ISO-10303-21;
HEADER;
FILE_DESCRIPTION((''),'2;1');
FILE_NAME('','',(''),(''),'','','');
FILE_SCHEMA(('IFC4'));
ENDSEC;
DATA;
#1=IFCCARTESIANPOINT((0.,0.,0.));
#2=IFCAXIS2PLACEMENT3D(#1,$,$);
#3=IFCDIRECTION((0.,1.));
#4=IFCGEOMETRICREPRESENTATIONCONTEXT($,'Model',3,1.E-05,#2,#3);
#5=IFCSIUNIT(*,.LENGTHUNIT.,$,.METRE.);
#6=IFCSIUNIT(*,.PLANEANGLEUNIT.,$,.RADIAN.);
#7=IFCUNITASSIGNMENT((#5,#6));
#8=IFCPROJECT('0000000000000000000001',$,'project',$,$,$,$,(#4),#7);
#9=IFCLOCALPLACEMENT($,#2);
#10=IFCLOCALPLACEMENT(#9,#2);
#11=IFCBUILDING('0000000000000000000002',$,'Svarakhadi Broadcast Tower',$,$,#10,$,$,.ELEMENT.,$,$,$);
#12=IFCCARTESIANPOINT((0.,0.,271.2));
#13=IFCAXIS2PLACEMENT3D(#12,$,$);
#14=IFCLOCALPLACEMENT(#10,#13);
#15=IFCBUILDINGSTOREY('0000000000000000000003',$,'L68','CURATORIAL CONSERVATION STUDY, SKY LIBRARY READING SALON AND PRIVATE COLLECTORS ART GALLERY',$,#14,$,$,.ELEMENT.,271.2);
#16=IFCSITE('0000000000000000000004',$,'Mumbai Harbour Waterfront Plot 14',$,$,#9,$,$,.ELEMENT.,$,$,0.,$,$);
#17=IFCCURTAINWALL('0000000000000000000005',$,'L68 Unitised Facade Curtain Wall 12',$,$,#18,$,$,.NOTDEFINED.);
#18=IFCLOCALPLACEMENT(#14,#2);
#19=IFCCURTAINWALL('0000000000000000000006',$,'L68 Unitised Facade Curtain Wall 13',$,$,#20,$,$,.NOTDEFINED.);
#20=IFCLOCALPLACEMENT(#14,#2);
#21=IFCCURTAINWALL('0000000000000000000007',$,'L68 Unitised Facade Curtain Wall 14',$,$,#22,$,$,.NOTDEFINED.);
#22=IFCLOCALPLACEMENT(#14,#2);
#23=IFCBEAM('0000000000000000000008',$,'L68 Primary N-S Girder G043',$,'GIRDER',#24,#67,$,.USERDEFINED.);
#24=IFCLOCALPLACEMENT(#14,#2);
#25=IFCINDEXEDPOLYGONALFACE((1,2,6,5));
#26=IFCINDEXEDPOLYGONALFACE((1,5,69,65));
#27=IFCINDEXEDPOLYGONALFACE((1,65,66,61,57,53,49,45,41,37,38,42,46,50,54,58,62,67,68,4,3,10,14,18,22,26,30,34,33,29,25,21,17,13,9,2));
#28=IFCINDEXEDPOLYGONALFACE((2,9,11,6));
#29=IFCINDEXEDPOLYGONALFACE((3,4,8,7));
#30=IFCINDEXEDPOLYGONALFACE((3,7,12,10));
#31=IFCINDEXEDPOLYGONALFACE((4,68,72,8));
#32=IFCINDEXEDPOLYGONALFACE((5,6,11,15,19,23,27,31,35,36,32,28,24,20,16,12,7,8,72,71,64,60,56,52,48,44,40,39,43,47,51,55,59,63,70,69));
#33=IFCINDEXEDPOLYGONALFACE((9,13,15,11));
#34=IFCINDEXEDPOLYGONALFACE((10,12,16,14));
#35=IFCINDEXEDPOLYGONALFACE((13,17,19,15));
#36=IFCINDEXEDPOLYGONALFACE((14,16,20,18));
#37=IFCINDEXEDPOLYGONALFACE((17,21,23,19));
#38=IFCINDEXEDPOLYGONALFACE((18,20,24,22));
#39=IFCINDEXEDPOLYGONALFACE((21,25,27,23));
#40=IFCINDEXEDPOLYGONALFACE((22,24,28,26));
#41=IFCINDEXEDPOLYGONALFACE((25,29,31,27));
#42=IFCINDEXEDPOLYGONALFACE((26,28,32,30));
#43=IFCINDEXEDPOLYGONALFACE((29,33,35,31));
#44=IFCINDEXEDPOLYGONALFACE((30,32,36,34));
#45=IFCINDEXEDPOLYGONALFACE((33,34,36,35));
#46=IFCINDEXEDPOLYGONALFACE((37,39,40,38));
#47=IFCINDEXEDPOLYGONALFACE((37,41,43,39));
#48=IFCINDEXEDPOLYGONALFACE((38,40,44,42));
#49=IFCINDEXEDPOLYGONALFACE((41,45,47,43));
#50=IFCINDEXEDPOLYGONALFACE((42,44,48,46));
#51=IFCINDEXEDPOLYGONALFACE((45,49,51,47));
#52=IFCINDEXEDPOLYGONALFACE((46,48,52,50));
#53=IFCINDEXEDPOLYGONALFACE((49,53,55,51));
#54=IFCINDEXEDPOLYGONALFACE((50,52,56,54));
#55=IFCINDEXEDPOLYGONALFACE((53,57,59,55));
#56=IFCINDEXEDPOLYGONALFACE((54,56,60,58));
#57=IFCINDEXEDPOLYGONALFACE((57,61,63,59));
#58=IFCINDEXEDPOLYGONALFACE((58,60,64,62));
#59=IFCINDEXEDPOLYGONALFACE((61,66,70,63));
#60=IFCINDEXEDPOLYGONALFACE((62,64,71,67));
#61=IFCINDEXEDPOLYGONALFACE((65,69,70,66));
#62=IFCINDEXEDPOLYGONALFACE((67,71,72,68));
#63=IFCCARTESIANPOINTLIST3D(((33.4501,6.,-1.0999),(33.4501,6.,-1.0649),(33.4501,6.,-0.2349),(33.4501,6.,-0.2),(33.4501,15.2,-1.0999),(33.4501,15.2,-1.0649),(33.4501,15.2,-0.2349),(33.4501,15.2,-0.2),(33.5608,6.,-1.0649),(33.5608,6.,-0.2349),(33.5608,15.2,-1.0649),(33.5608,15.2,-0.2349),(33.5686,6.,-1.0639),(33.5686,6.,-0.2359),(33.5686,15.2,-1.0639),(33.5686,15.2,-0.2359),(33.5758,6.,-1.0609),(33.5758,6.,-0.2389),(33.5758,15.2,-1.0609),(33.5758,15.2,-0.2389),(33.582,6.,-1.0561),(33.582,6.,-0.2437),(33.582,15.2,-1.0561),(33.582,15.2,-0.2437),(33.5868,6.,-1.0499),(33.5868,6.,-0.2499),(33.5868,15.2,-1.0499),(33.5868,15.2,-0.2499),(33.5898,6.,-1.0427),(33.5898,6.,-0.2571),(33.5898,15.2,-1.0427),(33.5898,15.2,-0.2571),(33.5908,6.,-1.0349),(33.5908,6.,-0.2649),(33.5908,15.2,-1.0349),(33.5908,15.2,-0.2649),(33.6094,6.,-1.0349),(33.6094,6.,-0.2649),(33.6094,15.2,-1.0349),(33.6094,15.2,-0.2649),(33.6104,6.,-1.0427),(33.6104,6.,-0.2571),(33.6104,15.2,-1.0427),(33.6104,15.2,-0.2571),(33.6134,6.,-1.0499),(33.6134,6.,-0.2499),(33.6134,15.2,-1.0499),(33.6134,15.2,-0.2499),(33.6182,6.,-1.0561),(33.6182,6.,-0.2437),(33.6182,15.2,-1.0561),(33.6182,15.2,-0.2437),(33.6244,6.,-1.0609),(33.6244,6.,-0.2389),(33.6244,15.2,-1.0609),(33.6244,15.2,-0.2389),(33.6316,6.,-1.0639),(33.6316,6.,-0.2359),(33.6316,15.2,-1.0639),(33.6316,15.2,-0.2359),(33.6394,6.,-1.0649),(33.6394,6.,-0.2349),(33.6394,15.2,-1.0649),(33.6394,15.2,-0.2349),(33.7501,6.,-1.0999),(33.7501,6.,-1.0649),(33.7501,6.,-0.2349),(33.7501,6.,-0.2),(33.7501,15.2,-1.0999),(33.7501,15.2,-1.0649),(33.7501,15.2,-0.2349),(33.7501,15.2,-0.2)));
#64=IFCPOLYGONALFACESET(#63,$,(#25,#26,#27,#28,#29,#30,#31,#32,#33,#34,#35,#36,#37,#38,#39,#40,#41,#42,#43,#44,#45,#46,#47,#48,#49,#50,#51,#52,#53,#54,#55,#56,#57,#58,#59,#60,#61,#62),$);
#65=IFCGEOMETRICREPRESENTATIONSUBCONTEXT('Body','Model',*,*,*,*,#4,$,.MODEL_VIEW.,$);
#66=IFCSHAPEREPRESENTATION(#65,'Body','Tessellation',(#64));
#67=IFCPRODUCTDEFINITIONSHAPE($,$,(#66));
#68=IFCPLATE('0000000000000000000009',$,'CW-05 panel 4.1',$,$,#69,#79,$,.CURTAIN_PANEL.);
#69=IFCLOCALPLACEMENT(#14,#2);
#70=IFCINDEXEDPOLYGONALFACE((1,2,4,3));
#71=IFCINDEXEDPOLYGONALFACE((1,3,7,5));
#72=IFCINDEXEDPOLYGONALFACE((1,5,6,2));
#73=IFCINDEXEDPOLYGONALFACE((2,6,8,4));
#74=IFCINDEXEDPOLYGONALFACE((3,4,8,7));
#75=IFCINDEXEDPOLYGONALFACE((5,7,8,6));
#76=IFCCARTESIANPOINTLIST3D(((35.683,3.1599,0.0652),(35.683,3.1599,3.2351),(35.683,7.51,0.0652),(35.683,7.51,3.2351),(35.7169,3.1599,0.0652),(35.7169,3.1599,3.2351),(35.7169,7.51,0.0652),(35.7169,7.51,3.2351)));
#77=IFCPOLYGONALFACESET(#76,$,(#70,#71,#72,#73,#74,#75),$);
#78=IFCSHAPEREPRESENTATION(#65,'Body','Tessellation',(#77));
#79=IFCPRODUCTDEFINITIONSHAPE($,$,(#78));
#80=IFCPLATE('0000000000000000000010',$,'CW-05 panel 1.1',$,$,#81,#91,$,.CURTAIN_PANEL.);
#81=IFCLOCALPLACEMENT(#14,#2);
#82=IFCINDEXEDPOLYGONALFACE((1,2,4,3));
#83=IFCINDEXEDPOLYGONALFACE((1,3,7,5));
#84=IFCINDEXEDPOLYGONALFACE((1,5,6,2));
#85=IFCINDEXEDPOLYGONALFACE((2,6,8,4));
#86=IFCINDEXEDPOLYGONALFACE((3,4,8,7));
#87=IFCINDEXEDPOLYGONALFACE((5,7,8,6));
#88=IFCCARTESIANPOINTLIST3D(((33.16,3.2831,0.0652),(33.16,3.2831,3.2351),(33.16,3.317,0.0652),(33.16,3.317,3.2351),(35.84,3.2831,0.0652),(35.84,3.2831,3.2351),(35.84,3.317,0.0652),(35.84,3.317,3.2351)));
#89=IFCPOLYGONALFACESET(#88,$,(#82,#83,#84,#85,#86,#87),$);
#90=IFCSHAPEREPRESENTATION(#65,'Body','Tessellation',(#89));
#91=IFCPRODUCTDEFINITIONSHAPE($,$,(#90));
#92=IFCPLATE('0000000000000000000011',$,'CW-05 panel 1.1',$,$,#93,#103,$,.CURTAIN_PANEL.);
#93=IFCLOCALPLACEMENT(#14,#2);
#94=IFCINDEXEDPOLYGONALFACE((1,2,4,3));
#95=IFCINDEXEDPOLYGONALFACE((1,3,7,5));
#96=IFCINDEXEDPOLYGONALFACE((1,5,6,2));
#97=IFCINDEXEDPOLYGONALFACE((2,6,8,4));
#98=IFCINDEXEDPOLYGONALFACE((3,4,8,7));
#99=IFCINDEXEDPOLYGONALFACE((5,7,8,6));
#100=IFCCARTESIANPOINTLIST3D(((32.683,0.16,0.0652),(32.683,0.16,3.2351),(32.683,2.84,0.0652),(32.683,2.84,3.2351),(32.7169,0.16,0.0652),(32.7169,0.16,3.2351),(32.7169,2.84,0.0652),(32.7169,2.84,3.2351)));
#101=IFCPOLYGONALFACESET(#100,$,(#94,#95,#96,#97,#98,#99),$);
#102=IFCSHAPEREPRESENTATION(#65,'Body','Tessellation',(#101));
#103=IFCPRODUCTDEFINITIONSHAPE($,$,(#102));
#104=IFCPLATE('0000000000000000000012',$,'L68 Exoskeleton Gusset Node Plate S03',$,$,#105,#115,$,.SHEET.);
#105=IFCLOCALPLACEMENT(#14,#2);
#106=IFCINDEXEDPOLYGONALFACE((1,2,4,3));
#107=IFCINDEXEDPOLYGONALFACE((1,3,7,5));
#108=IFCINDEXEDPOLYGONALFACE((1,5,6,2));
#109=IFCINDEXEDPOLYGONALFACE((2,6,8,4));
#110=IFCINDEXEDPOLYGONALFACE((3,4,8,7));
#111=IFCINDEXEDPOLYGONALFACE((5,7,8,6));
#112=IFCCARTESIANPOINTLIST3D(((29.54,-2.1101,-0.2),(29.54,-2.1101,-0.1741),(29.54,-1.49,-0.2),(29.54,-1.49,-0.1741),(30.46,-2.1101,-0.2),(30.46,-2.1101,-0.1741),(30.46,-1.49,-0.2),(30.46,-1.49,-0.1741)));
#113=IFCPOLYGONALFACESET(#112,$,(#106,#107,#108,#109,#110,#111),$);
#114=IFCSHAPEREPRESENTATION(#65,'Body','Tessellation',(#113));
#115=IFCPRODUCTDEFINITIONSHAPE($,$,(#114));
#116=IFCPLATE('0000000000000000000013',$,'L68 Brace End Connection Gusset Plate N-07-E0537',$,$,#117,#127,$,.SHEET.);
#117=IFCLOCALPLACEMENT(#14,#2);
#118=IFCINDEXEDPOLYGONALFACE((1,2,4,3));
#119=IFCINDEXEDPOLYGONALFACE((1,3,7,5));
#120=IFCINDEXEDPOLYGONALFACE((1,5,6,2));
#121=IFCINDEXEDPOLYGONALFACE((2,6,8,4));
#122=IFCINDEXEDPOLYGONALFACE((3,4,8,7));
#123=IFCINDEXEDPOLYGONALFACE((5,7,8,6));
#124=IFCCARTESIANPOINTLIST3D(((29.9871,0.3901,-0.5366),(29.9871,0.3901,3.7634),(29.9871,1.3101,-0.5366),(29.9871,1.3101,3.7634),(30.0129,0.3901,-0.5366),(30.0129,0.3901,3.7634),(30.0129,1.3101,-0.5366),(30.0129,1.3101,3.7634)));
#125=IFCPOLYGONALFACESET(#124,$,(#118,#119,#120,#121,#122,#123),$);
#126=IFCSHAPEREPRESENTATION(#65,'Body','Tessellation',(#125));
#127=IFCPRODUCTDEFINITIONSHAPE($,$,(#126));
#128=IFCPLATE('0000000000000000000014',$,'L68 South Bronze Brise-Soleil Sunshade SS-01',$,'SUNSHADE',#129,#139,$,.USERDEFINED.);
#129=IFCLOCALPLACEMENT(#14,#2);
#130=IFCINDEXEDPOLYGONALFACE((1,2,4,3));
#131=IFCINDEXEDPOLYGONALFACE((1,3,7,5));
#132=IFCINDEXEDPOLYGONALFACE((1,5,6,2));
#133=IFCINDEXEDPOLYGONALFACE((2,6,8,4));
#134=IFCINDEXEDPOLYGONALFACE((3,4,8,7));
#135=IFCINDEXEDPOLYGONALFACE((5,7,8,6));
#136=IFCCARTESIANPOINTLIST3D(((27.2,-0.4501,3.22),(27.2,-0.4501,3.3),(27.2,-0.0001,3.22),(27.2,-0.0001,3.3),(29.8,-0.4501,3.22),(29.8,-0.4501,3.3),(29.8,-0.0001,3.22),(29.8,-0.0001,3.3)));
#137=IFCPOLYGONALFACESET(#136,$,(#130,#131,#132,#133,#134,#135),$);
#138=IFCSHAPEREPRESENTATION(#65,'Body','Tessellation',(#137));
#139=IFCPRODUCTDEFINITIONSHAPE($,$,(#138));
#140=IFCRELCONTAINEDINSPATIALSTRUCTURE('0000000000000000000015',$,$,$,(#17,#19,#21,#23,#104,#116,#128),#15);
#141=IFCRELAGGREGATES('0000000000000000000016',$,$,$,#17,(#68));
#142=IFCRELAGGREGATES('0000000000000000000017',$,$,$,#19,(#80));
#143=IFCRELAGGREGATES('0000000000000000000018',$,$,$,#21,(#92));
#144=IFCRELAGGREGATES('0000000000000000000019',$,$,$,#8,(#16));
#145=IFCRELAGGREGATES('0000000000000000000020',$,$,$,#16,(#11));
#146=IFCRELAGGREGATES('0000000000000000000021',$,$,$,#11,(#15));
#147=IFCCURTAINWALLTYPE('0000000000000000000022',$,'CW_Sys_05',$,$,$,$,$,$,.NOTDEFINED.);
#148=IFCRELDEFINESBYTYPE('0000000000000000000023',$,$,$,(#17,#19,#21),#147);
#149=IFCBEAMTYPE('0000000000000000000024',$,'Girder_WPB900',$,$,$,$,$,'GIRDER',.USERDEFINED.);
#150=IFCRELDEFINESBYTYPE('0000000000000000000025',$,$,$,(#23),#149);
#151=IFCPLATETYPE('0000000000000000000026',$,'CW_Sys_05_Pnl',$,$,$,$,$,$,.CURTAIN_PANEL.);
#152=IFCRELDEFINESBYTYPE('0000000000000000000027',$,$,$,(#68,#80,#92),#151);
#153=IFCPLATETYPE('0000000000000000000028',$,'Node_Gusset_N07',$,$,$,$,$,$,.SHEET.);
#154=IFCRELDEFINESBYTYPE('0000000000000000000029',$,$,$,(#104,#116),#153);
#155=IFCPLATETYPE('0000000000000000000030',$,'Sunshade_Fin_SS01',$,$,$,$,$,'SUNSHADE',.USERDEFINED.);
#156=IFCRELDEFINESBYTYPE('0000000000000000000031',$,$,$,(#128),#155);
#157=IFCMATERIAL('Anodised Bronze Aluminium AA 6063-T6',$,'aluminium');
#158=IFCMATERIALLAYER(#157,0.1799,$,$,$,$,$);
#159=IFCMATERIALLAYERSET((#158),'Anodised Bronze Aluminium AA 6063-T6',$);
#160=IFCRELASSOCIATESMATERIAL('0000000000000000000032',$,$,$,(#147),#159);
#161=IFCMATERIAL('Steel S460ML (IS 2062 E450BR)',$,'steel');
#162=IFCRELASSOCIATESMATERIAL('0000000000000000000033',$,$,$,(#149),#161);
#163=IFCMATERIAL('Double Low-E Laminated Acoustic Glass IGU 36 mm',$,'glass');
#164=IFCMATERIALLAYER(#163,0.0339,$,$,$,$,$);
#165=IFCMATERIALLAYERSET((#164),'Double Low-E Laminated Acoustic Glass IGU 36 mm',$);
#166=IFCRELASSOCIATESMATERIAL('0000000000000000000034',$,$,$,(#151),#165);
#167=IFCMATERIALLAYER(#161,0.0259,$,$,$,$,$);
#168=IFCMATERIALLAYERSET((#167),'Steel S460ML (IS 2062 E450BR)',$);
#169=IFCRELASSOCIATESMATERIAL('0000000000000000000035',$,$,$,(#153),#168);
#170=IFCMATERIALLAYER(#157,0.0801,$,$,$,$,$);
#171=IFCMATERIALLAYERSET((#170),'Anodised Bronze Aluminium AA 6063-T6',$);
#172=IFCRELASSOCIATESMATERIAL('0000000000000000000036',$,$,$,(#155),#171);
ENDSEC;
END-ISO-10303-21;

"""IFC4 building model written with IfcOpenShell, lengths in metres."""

from ifc_helpers import new_model, si_unit, direction, frame, origin, origin_2d, place, context, subcontext, project, spatial, rectangle, i_section, extrude, material, layer, layer_set, material_profile, profile_set, type_object, element, aggregate, save


model = new_model("IFC4")

# Units and contexts
model_context = context("Model", 3, precision=1e-05, world=origin(), true_north=direction((0.0, 1.0)))
body_context = subcontext(model_context, "Body", "Model", "MODEL_VIEW")
ifc_project = project(units=[si_unit("LENGTHUNIT", "METRE"), si_unit("PLANEANGLEUNIT", "RADIAN")], contexts=[model_context])

# Site, building, storey
site_placement = place(None, origin())
site = spatial("IfcSite", under=ifc_project, at=site_placement, Name="Mumbai Harbour Waterfront Plot 14", CompositionType="ELEMENT", RefElevation=0.0)
building_placement = place(site_placement, origin())
building = spatial("IfcBuilding", under=site, at=building_placement, Name="Svarakhadi Broadcast Tower", CompositionType="ELEMENT")
storey_placement = place(building_placement, frame((0.0, 0.0, 271.2)))
storey = spatial("IfcBuildingStorey", under=building, at=storey_placement, Name="L68", Description="CURATORIAL CONSERVATION STUDY, SKY LIBRARY READING SALON AND PRIVATE COLLECTORS ART GALLERY", CompositionType="ELEMENT", Elevation=271.2)

# Shared definitions
ifc_material_1 = material(Name="Steel S460ML (IS 2062 E450BR)", Category="steel")

# Curtain wall
ifc_material_2 = material(Name="Anodised Bronze Aluminium AA 6063-T6", Category="aluminium")
ifc_layer_1 = layer(ifc_material_2, 0.1799)
ifc_layer_set_1 = layer_set([ifc_layer_1], Name="Anodised Bronze Aluminium AA 6063-T6")
curtain_wall_type = type_object("IfcCurtainWallType", Name="CW_Sys_05", PredefinedType="NOTDEFINED", material=ifc_layer_set_1)
curtain_wall_1_placement = place(storey_placement, origin())
curtain_wall_1 = element("IfcCurtainWall", 1, at=curtain_wall_1_placement, inside=storey, type_object=curtain_wall_type, Name="L68 Unitised Facade Curtain Wall 12", PredefinedType="NOTDEFINED")

# Curtain walls
curtain_wall_2_placement = place(storey_placement, origin())
curtain_wall_2 = element("IfcCurtainWall", 2, at=curtain_wall_2_placement, inside=storey, type_object=curtain_wall_type, Name="L68 Unitised Facade Curtain Wall 13", PredefinedType="NOTDEFINED")
curtain_wall_3_placement = place(storey_placement, origin())
curtain_wall_3 = element("IfcCurtainWall", 3, at=curtain_wall_3_placement, inside=storey, type_object=curtain_wall_type, Name="L68 Unitised Facade Curtain Wall 14", PredefinedType="NOTDEFINED")

# Beam
ifc_material_profile_1 = material_profile(ifc_material_1, i_section(OverallWidth=0.3, OverallDepth=0.8999, WebThickness=0.0186, FlangeThickness=0.0349, FilletRadius=0.03, at=origin_2d()), Name="WPB 900x300x291")
ifc_profile_set_1 = profile_set([ifc_material_profile_1], Name="Steel S460ML (IS 2062 E450BR)")
beam_type = type_object("IfcBeamType", Name="Girder_WPB900", ElementType="GIRDER", PredefinedType="USERDEFINED", material=ifc_profile_set_1)
beam_placement = place(storey_placement, frame((33.6001, 6.0, -0.6499), z_axis=(0.0, 1.0, 0.0), x_axis=(-1.0, 0.0, 0.0)))
element("IfcBeam", 4, at=beam_placement, inside=storey, type_object=beam_type, Name="L68 Primary N-S Girder G043", ObjectType="GIRDER", PredefinedType="USERDEFINED", context=body_context, shape_type="SweptSolid", body=[
    extrude(i_section(OverallWidth=0.3, OverallDepth=0.8999, WebThickness=0.0186, FlangeThickness=0.0349, FilletRadius=0.03, at=origin_2d()), origin(), (0.0, 0.0, 1.0), 9.2),
])

# Plates
ifc_material_3 = material(Name="Double Low-E Laminated Acoustic Glass IGU 36 mm", Category="glass")
ifc_layer_2 = layer(ifc_material_3, 0.0339)
ifc_layer_set_2 = layer_set([ifc_layer_2], Name="Double Low-E Laminated Acoustic Glass IGU 36 mm")
plate_type_1 = type_object("IfcPlateType", Name="CW_Sys_05_Pnl", PredefinedType="CURTAIN_PANEL", material=ifc_layer_set_2)
plate_1_placement = place(storey_placement, frame((35.7, 5.335, 0.0652), z_axis=(0.0, 0.0, 1.0), x_axis=(0.0, -1.0, 0.0)))
plate_1 = element("IfcPlate", 5, at=plate_1_placement, type_object=plate_type_1, Name="CW-05 panel 4.1", PredefinedType="CURTAIN_PANEL", context=body_context, shape_type="SweptSolid", body=[
    extrude(rectangle(XDim=4.3501, YDim=0.0339, at=origin_2d()), origin(), (0.0, 0.0, 1.0), 3.1699),
])
aggregate(curtain_wall_1, [plate_1])
plate_2_placement = place(storey_placement, frame((34.5, 3.3, 0.0652), z_axis=(0.0, 0.0, 1.0), x_axis=(-1.0, 0.0, 0.0)))
plate_2 = element("IfcPlate", 6, at=plate_2_placement, type_object=plate_type_1, Name="CW-05 panel 1.1", PredefinedType="CURTAIN_PANEL", context=body_context, shape_type="SweptSolid", body=[
    extrude(rectangle(XDim=2.6799, YDim=0.0339, at=origin_2d()), origin(), (0.0, 0.0, 1.0), 3.1699),
])
aggregate(curtain_wall_2, [plate_2])
plate_3_placement = place(storey_placement, frame((32.7, 1.5, 0.0652), z_axis=(0.0, 0.0, 1.0), x_axis=(0.0, -1.0, 0.0)))
plate_3 = element("IfcPlate", 7, at=plate_3_placement, type_object=plate_type_1, Name="CW-05 panel 1.1", PredefinedType="CURTAIN_PANEL", context=body_context, shape_type="SweptSolid", body=[
    extrude(rectangle(XDim=2.6799, YDim=0.0339, at=origin_2d()), origin(), (0.0, 0.0, 1.0), 3.1699),
])
aggregate(curtain_wall_3, [plate_3])

# Plates
ifc_layer_3 = layer(ifc_material_1, 0.0259)
ifc_layer_set_3 = layer_set([ifc_layer_3], Name="Steel S460ML (IS 2062 E450BR)")
plate_type_2 = type_object("IfcPlateType", Name="Node_Gusset_N07", PredefinedType="SHEET", material=ifc_layer_set_3)
plate_4_placement = place(storey_placement, frame((30.0, -1.8, -0.2), z_axis=(0.0, 0.0, 1.0), x_axis=(1.0, 0.0, 0.0)))
element("IfcPlate", 8, at=plate_4_placement, inside=storey, type_object=plate_type_2, Name="L68 Exoskeleton Gusset Node Plate S03", PredefinedType="SHEET", context=body_context, shape_type="SweptSolid", body=[
    extrude(rectangle(XDim=0.9199, YDim=0.6201, at=origin_2d()), origin(), (0.0, 0.0, 1.0), 0.0259),
])
plate_5_placement = place(storey_placement, frame((30.0, 0.8501, -0.5366), z_axis=(0.0, 0.0, 1.0), x_axis=(0.0, 1.0, 0.0)))
element("IfcPlate", 9, at=plate_5_placement, inside=storey, type_object=plate_type_2, Name="L68 Brace End Connection Gusset Plate N-07-E0537", PredefinedType="SHEET", context=body_context, shape_type="SweptSolid", body=[
    extrude(rectangle(XDim=0.9199, YDim=0.0259, at=origin_2d()), origin(), (0.0, 0.0, 1.0), 4.3),
])
ifc_layer_4 = layer(ifc_material_2, 0.0801)
ifc_layer_set_4 = layer_set([ifc_layer_4], Name="Anodised Bronze Aluminium AA 6063-T6")
plate_type_3 = type_object("IfcPlateType", Name="Sunshade_Fin_SS01", ElementType="SUNSHADE", PredefinedType="USERDEFINED", material=ifc_layer_set_4)
plate_6_placement = place(storey_placement, frame((28.5, -0.2251, 3.22), z_axis=(0.0, 0.0, 1.0), x_axis=(1.0, 0.0, 0.0)))
element("IfcPlate", 10, at=plate_6_placement, inside=storey, type_object=plate_type_3, Name="L68 South Bronze Brise-Soleil Sunshade SS-01", ObjectType="SUNSHADE", PredefinedType="USERDEFINED", context=body_context, shape_type="SweptSolid", body=[
    extrude(rectangle(XDim=2.6001, YDim=0.45, at=origin_2d()), origin(), (0.0, 0.0, 1.0), 0.0801),
])

save(model, "model.ifc")
